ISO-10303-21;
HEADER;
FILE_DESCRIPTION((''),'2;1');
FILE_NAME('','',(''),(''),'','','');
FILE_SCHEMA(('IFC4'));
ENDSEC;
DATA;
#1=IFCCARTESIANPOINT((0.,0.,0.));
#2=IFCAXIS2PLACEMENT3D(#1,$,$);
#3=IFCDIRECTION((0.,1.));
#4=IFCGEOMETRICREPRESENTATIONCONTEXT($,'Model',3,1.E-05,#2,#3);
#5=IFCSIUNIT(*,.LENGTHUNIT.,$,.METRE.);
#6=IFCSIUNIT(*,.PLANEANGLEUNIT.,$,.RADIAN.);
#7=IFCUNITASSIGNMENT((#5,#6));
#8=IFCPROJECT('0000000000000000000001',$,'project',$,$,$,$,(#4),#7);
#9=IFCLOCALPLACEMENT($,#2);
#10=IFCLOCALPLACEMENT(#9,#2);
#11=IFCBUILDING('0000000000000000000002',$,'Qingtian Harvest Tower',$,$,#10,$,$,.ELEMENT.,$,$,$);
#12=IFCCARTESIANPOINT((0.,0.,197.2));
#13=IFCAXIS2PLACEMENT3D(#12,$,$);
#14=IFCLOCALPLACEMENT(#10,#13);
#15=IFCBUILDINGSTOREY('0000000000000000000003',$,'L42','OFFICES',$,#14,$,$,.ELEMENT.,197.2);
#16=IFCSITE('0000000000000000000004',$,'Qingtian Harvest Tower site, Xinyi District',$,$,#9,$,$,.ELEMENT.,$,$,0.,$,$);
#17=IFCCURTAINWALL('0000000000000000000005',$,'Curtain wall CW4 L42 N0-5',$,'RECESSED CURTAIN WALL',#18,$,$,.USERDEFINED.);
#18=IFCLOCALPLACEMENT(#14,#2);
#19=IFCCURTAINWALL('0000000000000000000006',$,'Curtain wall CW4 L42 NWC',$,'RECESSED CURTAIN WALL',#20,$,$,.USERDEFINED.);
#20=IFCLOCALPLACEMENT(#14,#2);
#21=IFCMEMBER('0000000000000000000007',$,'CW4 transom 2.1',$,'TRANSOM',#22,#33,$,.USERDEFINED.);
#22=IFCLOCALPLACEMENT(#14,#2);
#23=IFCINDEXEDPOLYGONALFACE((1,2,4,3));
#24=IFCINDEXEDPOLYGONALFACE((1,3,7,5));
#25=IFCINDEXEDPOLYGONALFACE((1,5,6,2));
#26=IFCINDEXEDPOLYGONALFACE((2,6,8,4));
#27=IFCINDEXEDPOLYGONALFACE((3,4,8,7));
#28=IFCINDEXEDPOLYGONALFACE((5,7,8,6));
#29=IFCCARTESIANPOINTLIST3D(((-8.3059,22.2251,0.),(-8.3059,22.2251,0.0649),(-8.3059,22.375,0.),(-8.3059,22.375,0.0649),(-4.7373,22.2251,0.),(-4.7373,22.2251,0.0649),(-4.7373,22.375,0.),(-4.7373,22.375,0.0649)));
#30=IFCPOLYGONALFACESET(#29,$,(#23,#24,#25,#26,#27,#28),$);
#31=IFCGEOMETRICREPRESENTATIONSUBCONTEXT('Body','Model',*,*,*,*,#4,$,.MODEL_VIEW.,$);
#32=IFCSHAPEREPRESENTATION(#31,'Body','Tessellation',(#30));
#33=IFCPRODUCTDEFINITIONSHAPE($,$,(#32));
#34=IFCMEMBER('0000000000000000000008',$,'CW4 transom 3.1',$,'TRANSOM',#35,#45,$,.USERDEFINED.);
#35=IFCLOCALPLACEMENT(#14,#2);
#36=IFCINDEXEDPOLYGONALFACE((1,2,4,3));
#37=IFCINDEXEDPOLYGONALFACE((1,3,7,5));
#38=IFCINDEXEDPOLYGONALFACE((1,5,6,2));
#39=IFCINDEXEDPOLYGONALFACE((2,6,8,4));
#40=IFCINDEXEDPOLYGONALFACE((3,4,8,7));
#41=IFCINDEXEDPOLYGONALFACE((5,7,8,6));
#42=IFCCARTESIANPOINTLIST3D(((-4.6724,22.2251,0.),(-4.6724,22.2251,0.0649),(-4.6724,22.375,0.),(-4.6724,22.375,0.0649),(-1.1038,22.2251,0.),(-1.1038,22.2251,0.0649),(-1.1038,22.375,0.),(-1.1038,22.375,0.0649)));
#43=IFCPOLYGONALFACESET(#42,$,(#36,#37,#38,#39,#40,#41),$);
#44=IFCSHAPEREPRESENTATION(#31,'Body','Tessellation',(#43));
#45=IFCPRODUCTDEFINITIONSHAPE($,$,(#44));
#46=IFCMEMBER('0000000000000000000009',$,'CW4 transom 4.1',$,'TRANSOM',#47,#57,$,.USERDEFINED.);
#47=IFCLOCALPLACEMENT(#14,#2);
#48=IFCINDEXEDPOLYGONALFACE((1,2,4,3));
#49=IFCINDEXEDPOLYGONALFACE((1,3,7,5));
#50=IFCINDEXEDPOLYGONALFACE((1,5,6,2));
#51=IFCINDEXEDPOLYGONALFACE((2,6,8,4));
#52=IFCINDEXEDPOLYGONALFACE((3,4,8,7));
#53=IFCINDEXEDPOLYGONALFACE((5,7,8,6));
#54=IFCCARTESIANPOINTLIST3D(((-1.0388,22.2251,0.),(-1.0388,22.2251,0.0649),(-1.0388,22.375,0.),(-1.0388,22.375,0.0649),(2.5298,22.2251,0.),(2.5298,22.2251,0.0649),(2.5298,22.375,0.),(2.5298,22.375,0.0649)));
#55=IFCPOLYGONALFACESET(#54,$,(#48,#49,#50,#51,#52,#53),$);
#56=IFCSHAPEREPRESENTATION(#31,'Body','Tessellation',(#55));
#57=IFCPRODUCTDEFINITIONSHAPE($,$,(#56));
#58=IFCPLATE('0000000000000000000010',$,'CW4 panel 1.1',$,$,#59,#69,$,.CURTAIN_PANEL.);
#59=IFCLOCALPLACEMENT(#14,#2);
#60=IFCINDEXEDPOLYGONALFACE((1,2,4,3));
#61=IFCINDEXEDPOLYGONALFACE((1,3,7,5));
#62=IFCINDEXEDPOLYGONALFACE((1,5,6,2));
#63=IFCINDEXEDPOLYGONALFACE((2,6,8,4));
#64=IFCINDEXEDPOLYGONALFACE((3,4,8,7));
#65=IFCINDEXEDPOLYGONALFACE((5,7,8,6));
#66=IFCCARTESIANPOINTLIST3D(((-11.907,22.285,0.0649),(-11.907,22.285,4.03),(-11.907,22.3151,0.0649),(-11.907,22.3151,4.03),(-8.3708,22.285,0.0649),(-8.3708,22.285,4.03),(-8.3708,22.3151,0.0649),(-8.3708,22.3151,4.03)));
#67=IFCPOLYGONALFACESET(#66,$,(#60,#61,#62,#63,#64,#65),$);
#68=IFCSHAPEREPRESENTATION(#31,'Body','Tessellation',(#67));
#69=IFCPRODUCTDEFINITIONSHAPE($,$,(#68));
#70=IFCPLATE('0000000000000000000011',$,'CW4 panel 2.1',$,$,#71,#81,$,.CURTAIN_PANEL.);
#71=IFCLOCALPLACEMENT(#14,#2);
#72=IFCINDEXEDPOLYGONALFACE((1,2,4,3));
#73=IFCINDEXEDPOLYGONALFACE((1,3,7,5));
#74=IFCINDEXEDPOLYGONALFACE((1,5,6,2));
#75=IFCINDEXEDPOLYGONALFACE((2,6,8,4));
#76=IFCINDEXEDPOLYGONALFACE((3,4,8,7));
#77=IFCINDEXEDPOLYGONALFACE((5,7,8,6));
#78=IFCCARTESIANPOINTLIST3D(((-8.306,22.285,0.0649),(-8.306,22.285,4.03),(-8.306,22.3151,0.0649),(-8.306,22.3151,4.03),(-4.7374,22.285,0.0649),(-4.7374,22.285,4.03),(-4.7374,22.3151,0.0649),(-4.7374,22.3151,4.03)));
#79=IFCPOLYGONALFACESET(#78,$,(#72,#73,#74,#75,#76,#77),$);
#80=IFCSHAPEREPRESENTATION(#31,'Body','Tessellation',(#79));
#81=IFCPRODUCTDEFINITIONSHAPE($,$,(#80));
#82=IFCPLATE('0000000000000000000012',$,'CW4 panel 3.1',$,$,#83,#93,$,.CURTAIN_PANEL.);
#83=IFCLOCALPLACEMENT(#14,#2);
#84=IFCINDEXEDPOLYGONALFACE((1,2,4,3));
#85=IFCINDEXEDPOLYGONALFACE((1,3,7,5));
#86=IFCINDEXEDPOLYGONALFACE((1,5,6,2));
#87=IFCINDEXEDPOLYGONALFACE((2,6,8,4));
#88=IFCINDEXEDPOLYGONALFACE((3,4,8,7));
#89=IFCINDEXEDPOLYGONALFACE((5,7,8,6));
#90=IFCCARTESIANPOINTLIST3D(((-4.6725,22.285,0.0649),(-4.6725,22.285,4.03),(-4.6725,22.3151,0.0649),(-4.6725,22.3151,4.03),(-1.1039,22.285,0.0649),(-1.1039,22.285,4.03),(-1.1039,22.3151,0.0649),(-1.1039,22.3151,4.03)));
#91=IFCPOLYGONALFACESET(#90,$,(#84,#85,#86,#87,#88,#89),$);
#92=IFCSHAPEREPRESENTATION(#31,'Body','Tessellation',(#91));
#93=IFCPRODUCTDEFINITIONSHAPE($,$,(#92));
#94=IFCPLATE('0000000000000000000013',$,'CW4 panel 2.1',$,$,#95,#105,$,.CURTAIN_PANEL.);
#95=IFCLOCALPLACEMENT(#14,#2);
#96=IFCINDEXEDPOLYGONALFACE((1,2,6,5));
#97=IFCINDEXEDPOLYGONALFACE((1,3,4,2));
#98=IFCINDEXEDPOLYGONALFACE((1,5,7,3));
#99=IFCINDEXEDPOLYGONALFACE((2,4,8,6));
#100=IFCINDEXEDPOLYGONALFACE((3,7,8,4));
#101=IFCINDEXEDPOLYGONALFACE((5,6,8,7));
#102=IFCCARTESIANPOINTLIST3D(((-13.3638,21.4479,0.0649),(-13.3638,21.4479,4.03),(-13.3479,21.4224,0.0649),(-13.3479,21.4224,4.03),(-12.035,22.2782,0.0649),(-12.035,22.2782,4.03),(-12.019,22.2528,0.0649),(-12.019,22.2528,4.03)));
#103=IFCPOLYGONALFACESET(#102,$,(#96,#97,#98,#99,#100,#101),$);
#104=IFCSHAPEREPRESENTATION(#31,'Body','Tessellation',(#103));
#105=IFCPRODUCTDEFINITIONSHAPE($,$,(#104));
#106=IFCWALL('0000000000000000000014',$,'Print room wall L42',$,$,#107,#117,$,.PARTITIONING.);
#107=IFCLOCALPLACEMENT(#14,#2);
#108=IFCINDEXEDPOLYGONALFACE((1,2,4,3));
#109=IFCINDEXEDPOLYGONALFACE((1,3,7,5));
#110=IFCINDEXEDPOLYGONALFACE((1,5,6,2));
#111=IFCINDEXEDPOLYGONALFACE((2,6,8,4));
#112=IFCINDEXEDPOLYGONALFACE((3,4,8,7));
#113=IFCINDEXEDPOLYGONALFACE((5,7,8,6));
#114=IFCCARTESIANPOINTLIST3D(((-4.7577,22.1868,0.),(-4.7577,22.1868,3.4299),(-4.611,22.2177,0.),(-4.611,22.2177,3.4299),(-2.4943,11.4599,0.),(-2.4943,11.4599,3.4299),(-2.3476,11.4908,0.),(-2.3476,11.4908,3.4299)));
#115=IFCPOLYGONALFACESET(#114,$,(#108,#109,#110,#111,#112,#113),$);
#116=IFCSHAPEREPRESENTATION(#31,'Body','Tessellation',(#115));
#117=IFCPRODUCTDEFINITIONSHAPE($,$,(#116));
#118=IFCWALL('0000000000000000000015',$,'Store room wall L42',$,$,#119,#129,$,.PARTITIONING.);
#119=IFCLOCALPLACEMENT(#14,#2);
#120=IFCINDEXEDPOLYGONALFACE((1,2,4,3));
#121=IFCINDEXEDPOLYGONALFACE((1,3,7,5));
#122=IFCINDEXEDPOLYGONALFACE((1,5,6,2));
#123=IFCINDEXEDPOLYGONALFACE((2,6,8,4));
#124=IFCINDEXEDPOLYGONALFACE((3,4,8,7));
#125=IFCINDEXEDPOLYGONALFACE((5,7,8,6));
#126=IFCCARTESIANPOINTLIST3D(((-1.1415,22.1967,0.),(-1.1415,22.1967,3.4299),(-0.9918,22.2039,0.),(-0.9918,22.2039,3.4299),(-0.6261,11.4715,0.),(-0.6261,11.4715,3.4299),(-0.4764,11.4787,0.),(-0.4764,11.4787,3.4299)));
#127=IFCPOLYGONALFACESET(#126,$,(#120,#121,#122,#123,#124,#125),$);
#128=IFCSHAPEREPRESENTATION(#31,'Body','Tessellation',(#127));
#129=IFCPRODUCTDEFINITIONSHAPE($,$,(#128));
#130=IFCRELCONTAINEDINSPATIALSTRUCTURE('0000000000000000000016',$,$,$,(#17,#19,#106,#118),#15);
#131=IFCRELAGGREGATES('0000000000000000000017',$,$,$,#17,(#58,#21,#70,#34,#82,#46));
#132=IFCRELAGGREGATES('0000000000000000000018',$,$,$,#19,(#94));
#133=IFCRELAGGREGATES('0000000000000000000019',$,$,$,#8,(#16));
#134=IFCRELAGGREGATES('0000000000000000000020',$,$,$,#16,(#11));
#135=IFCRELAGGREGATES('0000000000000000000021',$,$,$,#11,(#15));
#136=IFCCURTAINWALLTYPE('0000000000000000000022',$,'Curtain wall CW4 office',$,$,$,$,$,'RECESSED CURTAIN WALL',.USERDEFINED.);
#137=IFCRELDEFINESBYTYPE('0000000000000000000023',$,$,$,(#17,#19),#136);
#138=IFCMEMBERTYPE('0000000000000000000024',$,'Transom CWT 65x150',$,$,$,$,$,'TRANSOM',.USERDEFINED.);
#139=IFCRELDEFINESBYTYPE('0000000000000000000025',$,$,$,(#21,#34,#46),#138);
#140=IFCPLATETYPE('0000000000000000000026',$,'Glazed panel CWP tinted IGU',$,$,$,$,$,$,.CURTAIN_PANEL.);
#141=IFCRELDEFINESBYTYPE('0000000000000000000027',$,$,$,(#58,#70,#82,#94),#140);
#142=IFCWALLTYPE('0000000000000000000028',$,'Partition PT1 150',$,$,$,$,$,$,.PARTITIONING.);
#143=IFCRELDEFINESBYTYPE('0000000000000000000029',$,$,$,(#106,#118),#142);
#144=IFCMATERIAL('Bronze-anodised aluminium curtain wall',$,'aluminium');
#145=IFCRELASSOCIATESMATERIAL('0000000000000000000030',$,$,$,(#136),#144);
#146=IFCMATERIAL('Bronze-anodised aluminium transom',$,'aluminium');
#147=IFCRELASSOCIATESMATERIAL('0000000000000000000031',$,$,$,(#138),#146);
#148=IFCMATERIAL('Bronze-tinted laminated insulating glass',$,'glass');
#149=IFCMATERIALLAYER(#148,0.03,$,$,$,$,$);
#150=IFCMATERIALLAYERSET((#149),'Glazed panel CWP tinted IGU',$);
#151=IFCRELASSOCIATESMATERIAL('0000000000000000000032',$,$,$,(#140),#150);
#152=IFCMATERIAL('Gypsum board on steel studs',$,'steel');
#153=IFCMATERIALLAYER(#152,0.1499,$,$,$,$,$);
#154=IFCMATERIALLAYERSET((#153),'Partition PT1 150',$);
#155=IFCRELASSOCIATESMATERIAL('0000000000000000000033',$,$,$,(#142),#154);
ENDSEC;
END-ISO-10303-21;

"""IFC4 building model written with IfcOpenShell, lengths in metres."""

from ifc_helpers import new_model, si_unit, direction, frame, frame_2d, origin, origin_2d, place, context, subcontext, project, spatial, rectangle, extrude, material, layer, layer_set, material_profile, profile_set, type_object, element, aggregate, save


model = new_model("IFC4")

# Units and contexts
model_context = context("Model", 3, precision=1e-05, world=origin(), true_north=direction((0.0, 1.0)))
body_context = subcontext(model_context, "Body", "Model", "MODEL_VIEW")
ifc_project = project(units=[si_unit("LENGTHUNIT", "METRE"), si_unit("PLANEANGLEUNIT", "RADIAN")], contexts=[model_context])

# Site, building, storey
site_placement = place(None, origin())
site = spatial("IfcSite", under=ifc_project, at=site_placement, Name="Qingtian Harvest Tower site, Xinyi District", CompositionType="ELEMENT", RefElevation=0.0)
building_placement = place(site_placement, origin())
building = spatial("IfcBuilding", under=site, at=building_placement, Name="Qingtian Harvest Tower", CompositionType="ELEMENT")
storey_placement = place(building_placement, frame((0.0, 0.0, 197.2)))
storey = spatial("IfcBuildingStorey", under=building, at=storey_placement, Name="L42", Description="OFFICES", CompositionType="ELEMENT", Elevation=197.2)

# Curtain wall
ifc_material_1 = material(Name="Bronze-anodised aluminium curtain wall", Category="aluminium")
curtain_wall_type = type_object("IfcCurtainWallType", Name="Curtain wall CW4 office", ElementType="RECESSED CURTAIN WALL", PredefinedType="USERDEFINED", material=ifc_material_1)
curtain_wall_1_placement = place(storey_placement, origin())
curtain_wall_1 = element("IfcCurtainWall", 1, at=curtain_wall_1_placement, inside=storey, type_object=curtain_wall_type, Name="Curtain wall CW4 L42 N0-5", ObjectType="RECESSED CURTAIN WALL", PredefinedType="USERDEFINED")

# Curtain wall
curtain_wall_2_placement = place(storey_placement, origin())
curtain_wall_2 = element("IfcCurtainWall", 2, at=curtain_wall_2_placement, inside=storey, type_object=curtain_wall_type, Name="Curtain wall CW4 L42 NWC", ObjectType="RECESSED CURTAIN WALL", PredefinedType="USERDEFINED")

# Members
ifc_material_2 = material(Name="Bronze-anodised aluminium transom", Category="aluminium")
ifc_material_profile_1 = material_profile(ifc_material_2, rectangle(XDim=0.1499, YDim=0.0649, at=origin_2d()), Name="AL 65x150")
ifc_profile_set_1 = profile_set([ifc_material_profile_1], Name="Bronze-anodised aluminium transom")
member_type_1 = type_object("IfcMemberType", Name="Transom CWT 65x150", ElementType="TRANSOM", PredefinedType="USERDEFINED", material=ifc_profile_set_1)
member_1_placement = place(storey_placement, frame((-8.3059, 22.3, 0.0325), z_axis=(1.0, 0.0, 0.0), x_axis=(0.0, 1.0, 0.0)))
member_1 = element("IfcMember", 3, at=member_1_placement, type_object=member_type_1, Name="CW4 transom 2.1", ObjectType="TRANSOM", PredefinedType="USERDEFINED", context=body_context, shape_type="SweptSolid", body=[
    extrude(rectangle(XDim=0.1499, YDim=0.0649, at=origin_2d()), origin(), (0.0, 0.0, 1.0), 3.5686),
])
member_2_placement = place(storey_placement, frame((-4.6724, 22.3, 0.0325), z_axis=(1.0, 0.0, 0.0), x_axis=(0.0, 1.0, 0.0)))
member_2 = element("IfcMember", 4, at=member_2_placement, type_object=member_type_1, Name="CW4 transom 3.1", ObjectType="TRANSOM", PredefinedType="USERDEFINED", context=body_context, shape_type="SweptSolid", body=[
    extrude(rectangle(XDim=0.1499, YDim=0.0649, at=origin_2d()), origin(), (0.0, 0.0, 1.0), 3.5686),
])
member_3_placement = place(storey_placement, frame((-1.0388, 22.3, 0.0325), z_axis=(1.0, 0.0, 0.0), x_axis=(0.0, 1.0, 0.0)))
member_3 = element("IfcMember", 5, at=member_3_placement, type_object=member_type_1, Name="CW4 transom 4.1", ObjectType="TRANSOM", PredefinedType="USERDEFINED", context=body_context, shape_type="SweptSolid", body=[
    extrude(rectangle(XDim=0.1499, YDim=0.0649, at=origin_2d()), origin(), (0.0, 0.0, 1.0), 3.5686),
])

# Plates
ifc_material_3 = material(Name="Bronze-tinted laminated insulating glass", Category="glass")
ifc_layer_1 = layer(ifc_material_3, 0.03)
ifc_layer_set_1 = layer_set([ifc_layer_1], Name="Glazed panel CWP tinted IGU")
plate_type = type_object("IfcPlateType", Name="Glazed panel CWP tinted IGU", PredefinedType="CURTAIN_PANEL", material=ifc_layer_set_1)
plate_1_placement = place(storey_placement, frame((-10.1389, 22.3, 0.0649), z_axis=(0.0, 0.0, 1.0), x_axis=(1.0, 0.0, 0.0)))
plate_1 = element("IfcPlate", 6, at=plate_1_placement, type_object=plate_type, Name="CW4 panel 1.1", PredefinedType="CURTAIN_PANEL", context=body_context, shape_type="SweptSolid", body=[
    extrude(rectangle(XDim=3.5361, YDim=0.03, at=origin_2d()), origin(), (0.0, 0.0, 1.0), 3.9651),
])
plate_2_placement = place(storey_placement, frame((-6.5217, 22.3, 0.0649), z_axis=(0.0, 0.0, 1.0), x_axis=(1.0, 0.0, 0.0)))
plate_2 = element("IfcPlate", 7, at=plate_2_placement, type_object=plate_type, Name="CW4 panel 2.1", PredefinedType="CURTAIN_PANEL", context=body_context, shape_type="SweptSolid", body=[
    extrude(rectangle(XDim=3.5686, YDim=0.03, at=origin_2d()), origin(), (0.0, 0.0, 1.0), 3.9651),
])
plate_3_placement = place(storey_placement, frame((-2.8882, 22.3, 0.0649), z_axis=(0.0, 0.0, 1.0), x_axis=(1.0, 0.0, 0.0)))
plate_3 = element("IfcPlate", 8, at=plate_3_placement, type_object=plate_type, Name="CW4 panel 3.1", PredefinedType="CURTAIN_PANEL", context=body_context, shape_type="SweptSolid", body=[
    extrude(rectangle(XDim=3.5686, YDim=0.03, at=origin_2d()), origin(), (0.0, 0.0, 1.0), 3.9651),
])
aggregate(curtain_wall_1, [plate_1, member_1, plate_2, member_2, plate_3, member_3])
plate_4_placement = place(storey_placement, frame((-12.6914, 21.8503, 0.0649), z_axis=(0.0, 0.0, 1.0), x_axis=(0.848048, 0.529919, 0.0)))
plate_4 = element("IfcPlate", 9, at=plate_4_placement, type_object=plate_type, Name="CW4 panel 2.1", PredefinedType="CURTAIN_PANEL", context=body_context, shape_type="SweptSolid", body=[
    extrude(rectangle(XDim=1.5669, YDim=0.03, at=origin_2d()), origin(), (0.0, 0.0, 1.0), 3.9651),
])
aggregate(curtain_wall_2, [plate_4])

# Walls
ifc_material_4 = material(Name="Gypsum board on steel studs", Category="steel")
ifc_layer_2 = layer(ifc_material_4, 0.1499)
ifc_layer_set_2 = layer_set([ifc_layer_2], Name="Partition PT1 150")
wall_type = type_object("IfcWallType", Name="Partition PT1 150", PredefinedType="PARTITIONING", material=ifc_layer_set_2)
wall_1_placement = place(storey_placement, frame((-4.6843, 22.2021, 0.0), z_axis=(0.0, 0.0, 1.0), x_axis=(0.206456, -0.978456, 0.0)))
element("IfcWall", 10, at=wall_1_placement, inside=storey, type_object=wall_type, Name="Print room wall L42", PredefinedType="PARTITIONING", context=body_context, shape_type="SweptSolid", body=[
    extrude(rectangle(XDim=10.9631, YDim=0.1499, at=frame_2d((5.4814, 0.0))), origin(), (0.0, 0.0, 1.0), 3.4299),
])
wall_2_placement = place(storey_placement, frame((-1.0667, 22.2002, 0.0), z_axis=(0.0, 0.0, 1.0), x_axis=(0.047998, -0.998847, 0.0)))
element("IfcWall", 11, at=wall_2_placement, inside=storey, type_object=wall_type, Name="Store room wall L42", PredefinedType="PARTITIONING", context=body_context, shape_type="SweptSolid", body=[
    extrude(rectangle(XDim=10.7375, YDim=0.1499, at=frame_2d((5.3687, 0.0))), origin(), (0.0, 0.0, 1.0), 3.4299),
])

save(model, "model.ifc")
